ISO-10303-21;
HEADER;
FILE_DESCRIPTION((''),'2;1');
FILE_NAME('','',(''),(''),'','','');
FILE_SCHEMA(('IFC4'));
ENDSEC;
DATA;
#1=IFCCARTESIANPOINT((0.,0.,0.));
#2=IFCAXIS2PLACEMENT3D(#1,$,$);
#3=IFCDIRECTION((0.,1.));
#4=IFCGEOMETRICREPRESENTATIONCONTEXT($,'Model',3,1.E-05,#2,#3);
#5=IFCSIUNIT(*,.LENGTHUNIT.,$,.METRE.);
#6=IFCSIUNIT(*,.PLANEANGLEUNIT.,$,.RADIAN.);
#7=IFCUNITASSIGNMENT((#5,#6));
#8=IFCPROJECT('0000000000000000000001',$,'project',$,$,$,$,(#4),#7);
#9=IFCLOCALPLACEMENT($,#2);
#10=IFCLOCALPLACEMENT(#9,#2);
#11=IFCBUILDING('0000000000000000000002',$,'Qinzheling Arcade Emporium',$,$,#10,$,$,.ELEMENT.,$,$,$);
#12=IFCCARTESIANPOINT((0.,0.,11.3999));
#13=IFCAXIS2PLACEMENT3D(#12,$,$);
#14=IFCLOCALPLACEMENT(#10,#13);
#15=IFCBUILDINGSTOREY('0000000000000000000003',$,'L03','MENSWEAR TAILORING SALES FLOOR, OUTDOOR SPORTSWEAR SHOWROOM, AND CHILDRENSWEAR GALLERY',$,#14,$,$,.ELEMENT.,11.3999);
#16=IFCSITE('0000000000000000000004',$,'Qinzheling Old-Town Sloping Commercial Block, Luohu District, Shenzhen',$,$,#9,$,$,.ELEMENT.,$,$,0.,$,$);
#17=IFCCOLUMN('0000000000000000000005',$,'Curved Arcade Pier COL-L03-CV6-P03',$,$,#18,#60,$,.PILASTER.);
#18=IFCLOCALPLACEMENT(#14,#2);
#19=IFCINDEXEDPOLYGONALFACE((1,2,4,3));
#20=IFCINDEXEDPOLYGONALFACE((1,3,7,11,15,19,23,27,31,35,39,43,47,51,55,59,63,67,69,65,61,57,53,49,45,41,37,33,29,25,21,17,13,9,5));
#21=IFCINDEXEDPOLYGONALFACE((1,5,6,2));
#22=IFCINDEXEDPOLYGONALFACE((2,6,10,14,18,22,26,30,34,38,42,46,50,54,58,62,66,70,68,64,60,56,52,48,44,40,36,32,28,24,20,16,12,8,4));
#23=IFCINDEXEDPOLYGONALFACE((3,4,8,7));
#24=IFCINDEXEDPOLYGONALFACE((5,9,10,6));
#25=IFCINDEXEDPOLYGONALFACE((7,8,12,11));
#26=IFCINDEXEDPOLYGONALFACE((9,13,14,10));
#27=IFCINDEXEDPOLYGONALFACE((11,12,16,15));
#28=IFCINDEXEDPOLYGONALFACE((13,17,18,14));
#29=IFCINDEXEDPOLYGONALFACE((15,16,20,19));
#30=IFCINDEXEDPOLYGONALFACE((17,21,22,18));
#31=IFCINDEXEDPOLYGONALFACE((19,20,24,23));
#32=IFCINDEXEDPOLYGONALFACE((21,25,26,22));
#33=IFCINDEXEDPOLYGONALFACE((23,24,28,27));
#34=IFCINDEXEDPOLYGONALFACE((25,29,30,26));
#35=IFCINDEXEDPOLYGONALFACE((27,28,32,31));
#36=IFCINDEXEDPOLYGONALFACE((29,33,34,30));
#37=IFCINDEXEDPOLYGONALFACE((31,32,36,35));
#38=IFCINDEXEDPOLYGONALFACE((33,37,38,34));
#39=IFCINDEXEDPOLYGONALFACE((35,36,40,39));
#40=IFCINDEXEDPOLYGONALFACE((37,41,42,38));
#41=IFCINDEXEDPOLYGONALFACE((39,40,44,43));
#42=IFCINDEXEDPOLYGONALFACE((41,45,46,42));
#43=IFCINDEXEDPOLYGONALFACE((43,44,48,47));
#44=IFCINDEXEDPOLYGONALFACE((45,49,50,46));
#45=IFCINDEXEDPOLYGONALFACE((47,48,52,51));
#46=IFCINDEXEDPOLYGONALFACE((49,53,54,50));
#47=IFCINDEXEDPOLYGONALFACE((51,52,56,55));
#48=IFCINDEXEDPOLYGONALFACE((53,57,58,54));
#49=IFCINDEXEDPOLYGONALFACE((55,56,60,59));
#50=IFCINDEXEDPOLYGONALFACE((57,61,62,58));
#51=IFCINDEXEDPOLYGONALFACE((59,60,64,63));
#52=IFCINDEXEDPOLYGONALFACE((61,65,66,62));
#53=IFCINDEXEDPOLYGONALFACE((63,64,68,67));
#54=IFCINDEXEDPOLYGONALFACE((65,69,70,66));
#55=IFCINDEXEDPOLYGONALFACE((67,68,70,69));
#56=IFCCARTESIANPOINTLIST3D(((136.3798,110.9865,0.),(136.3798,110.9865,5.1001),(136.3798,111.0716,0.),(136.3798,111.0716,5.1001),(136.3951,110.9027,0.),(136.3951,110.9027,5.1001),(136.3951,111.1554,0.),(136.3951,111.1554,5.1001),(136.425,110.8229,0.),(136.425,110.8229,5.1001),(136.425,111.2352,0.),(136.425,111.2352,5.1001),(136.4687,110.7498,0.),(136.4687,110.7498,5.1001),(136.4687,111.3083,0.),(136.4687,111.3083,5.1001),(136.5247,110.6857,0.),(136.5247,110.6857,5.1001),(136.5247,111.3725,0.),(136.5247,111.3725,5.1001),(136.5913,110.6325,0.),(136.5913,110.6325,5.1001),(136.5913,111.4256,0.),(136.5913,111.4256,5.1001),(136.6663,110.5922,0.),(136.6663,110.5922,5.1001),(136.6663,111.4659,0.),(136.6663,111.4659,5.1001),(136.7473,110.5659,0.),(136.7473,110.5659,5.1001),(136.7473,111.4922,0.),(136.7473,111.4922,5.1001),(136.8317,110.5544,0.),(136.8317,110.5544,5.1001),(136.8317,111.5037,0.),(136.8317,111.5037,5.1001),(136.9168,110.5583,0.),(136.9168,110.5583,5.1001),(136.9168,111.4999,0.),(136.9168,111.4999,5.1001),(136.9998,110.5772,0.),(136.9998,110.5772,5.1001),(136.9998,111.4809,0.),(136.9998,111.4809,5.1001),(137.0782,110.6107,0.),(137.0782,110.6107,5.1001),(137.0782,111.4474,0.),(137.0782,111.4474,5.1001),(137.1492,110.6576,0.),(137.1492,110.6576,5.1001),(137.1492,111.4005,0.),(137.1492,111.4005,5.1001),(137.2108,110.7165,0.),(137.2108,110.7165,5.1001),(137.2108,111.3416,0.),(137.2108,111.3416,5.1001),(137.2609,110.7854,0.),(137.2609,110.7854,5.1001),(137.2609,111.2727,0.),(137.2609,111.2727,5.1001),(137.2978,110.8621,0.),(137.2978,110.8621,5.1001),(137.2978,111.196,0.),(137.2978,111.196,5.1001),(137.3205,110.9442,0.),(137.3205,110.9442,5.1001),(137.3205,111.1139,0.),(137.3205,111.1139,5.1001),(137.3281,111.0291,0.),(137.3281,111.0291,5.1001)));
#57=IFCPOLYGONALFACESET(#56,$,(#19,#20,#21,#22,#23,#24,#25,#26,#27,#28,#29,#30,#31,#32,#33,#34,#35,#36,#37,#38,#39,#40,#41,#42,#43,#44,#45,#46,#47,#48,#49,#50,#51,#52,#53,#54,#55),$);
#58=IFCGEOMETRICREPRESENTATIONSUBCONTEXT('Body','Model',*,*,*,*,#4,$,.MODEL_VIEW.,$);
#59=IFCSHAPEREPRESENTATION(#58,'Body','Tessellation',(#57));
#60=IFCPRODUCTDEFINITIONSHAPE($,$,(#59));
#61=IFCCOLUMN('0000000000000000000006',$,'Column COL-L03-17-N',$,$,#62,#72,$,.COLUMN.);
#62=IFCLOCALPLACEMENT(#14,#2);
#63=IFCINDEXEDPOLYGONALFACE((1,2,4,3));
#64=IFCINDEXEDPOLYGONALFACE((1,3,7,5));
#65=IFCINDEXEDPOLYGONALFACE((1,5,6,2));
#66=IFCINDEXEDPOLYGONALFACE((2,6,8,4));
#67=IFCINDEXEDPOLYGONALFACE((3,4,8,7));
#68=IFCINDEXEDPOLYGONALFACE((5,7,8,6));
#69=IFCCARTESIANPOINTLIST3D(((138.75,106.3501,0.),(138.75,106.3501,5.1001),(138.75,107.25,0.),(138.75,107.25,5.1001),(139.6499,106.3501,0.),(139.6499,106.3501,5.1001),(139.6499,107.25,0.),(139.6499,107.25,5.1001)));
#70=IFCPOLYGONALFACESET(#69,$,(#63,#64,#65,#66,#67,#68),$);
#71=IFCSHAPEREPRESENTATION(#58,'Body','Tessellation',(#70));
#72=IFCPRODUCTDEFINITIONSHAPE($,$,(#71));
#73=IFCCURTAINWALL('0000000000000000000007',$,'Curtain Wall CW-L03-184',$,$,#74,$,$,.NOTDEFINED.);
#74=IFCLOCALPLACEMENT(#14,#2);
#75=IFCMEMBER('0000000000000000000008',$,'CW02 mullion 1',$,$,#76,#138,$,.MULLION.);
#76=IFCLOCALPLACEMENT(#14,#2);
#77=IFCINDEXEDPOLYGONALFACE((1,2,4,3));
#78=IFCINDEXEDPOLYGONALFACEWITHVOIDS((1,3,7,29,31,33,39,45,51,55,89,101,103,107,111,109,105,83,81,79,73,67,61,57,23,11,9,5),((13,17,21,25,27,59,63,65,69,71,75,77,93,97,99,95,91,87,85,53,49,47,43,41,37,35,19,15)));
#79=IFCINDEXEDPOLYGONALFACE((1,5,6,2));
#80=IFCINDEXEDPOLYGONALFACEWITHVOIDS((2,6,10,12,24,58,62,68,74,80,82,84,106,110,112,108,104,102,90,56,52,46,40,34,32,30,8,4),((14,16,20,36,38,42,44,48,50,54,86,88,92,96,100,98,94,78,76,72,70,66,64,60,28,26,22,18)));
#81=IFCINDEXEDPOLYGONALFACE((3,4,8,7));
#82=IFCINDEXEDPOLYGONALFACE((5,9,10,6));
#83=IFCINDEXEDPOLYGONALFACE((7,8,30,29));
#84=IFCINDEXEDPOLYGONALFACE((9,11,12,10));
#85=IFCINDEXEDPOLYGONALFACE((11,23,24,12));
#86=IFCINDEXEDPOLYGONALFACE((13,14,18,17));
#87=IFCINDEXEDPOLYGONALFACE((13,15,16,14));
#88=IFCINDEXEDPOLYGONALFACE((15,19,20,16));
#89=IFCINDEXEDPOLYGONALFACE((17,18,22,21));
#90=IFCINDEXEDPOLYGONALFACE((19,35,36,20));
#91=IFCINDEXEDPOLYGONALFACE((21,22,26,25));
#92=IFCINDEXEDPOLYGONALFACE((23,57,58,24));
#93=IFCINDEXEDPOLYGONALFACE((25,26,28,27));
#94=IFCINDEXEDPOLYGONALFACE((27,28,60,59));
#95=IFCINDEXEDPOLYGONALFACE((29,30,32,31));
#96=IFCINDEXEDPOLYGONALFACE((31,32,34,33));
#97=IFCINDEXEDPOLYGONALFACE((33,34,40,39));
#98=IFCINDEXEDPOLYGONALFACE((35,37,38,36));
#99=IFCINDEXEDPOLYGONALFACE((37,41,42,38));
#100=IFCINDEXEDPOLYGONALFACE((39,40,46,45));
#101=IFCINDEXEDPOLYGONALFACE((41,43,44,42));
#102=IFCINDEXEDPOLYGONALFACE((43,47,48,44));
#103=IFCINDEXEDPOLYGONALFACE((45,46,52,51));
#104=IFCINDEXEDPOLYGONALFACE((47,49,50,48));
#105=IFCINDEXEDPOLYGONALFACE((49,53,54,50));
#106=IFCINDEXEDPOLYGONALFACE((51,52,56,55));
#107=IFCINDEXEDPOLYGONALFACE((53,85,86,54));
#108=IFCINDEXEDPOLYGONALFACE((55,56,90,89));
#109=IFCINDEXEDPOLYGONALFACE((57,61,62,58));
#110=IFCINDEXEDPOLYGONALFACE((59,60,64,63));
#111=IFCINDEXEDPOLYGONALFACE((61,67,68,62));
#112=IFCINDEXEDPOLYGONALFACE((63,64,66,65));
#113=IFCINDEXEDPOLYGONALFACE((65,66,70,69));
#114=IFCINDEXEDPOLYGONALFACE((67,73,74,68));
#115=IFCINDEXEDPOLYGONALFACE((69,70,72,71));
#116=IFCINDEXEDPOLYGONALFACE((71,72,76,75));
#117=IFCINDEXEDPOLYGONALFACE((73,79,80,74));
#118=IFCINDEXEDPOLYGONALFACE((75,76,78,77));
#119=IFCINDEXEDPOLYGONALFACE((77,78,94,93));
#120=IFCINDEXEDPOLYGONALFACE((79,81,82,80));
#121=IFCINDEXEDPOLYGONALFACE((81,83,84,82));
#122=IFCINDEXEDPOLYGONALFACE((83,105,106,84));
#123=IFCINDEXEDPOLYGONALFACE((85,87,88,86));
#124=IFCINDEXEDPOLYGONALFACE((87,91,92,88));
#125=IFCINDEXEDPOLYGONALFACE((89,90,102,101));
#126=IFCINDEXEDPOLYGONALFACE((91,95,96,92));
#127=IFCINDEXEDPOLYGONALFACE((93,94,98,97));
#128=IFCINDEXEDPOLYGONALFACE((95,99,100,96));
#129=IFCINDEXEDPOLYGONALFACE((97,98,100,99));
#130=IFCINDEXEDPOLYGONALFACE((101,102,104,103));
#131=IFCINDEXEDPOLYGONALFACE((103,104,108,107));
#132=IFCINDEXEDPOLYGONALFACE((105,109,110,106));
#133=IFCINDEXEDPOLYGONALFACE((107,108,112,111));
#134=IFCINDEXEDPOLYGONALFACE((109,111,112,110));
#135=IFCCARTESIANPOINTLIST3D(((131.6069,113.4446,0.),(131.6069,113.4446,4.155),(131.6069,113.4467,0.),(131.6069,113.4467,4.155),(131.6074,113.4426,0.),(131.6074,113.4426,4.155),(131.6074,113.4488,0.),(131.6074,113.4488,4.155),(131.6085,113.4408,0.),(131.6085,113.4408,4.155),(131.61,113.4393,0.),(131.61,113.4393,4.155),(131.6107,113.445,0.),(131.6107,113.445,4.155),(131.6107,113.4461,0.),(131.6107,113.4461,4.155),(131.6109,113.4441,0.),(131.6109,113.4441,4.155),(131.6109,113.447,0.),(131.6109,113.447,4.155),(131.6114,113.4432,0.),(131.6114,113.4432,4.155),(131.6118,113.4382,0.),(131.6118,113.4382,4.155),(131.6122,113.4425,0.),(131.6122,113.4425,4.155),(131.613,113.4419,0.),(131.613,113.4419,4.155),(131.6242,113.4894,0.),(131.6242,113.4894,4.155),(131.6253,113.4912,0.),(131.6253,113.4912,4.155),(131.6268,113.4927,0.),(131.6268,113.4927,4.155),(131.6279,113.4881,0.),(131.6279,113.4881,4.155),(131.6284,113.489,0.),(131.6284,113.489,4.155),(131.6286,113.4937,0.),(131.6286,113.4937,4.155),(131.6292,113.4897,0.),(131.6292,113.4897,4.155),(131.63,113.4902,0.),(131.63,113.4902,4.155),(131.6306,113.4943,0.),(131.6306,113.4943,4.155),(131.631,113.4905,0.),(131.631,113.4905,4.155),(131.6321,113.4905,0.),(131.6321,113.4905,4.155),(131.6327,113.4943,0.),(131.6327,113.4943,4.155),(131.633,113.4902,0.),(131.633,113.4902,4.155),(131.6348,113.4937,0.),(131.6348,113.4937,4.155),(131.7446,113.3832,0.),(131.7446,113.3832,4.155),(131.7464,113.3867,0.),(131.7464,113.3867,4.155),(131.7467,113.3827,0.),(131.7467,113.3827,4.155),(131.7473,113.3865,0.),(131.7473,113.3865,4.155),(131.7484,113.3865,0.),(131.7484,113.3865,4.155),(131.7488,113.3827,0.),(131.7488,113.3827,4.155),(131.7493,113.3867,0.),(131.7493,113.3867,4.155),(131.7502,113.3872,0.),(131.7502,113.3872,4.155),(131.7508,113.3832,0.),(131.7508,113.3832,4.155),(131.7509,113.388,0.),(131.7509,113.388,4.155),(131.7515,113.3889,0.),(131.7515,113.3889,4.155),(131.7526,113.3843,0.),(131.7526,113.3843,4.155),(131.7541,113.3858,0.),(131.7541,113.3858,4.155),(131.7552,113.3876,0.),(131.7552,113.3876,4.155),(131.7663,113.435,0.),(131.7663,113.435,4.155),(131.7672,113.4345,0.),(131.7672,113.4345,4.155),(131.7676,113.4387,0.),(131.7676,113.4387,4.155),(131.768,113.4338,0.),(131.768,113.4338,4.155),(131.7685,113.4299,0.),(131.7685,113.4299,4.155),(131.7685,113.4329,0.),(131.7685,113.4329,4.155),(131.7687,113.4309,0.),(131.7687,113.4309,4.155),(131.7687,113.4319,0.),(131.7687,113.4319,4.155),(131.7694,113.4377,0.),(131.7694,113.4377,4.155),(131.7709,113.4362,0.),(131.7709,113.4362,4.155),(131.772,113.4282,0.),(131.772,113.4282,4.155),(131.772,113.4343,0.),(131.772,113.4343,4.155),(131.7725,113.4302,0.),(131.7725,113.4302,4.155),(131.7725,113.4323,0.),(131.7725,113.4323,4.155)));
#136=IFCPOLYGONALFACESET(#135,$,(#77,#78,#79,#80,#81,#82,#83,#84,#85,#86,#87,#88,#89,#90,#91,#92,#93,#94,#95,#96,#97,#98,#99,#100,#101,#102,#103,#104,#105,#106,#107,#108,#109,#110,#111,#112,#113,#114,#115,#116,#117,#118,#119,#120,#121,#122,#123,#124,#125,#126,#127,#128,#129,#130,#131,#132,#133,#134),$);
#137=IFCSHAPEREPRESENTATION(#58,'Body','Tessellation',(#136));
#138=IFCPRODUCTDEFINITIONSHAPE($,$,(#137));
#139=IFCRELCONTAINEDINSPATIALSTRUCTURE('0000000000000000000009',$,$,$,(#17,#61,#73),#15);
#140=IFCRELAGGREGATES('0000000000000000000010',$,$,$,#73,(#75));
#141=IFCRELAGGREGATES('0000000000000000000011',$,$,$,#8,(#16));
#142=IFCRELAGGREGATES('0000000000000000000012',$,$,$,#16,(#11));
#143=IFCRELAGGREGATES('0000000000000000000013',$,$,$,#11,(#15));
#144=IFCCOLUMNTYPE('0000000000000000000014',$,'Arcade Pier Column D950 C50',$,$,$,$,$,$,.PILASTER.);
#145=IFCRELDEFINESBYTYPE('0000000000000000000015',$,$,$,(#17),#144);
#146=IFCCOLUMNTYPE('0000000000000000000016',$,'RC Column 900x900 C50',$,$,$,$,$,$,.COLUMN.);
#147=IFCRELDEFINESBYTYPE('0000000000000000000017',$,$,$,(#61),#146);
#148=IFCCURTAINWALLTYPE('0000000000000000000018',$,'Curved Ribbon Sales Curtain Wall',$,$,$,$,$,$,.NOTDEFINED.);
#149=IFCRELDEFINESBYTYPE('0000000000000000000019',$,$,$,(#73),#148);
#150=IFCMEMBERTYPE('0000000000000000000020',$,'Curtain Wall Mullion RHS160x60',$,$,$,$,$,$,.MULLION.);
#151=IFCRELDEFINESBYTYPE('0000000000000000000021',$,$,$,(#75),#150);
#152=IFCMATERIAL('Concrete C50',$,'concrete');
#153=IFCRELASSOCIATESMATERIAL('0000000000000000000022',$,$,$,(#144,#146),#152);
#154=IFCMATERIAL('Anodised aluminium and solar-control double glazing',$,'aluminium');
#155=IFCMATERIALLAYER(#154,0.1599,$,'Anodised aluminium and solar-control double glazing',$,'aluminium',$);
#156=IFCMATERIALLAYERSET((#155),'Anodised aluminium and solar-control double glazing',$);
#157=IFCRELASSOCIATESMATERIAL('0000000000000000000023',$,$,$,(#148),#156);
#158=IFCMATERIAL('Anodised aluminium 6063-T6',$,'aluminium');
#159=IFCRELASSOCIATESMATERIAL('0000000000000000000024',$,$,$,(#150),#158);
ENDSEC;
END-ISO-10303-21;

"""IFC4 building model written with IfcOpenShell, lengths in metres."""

from ifc_helpers import new_model, si_unit, direction, frame, origin, origin_2d, place, context, subcontext, project, spatial, rectangle, hollow_rectangle, circle, extrude, material, layer, layer_set, material_profile, profile_set, type_object, element, aggregate, save


model = new_model("IFC4")

# Units and contexts
model_context = context("Model", 3, precision=1e-05, world=origin(), true_north=direction((0.0, 1.0)))
body_context = subcontext(model_context, "Body", "Model", "MODEL_VIEW")
ifc_project = project(units=[si_unit("LENGTHUNIT", "METRE"), si_unit("PLANEANGLEUNIT", "RADIAN")], contexts=[model_context])

# Site, building, storey
site_placement = place(None, origin())
site = spatial("IfcSite", under=ifc_project, at=site_placement, Name="Qinzheling Old-Town Sloping Commercial Block, Luohu District, Shenzhen", CompositionType="ELEMENT", RefElevation=0.0)
building_placement = place(site_placement, origin())
building = spatial("IfcBuilding", under=site, at=building_placement, Name="Qinzheling Arcade Emporium", CompositionType="ELEMENT")
storey_placement = place(building_placement, frame((0.0, 0.0, 11.3999)))
storey = spatial("IfcBuildingStorey", under=building, at=storey_placement, Name="L03", Description="MENSWEAR TAILORING SALES FLOOR, OUTDOOR SPORTSWEAR SHOWROOM, AND CHILDRENSWEAR GALLERY", CompositionType="ELEMENT", Elevation=11.3999)

# Columns
ifc_material_1 = material(Name="Concrete C50", Category="concrete")
ifc_material_profile_1 = material_profile(ifc_material_1, circle(Radius=0.4751, at=origin_2d()), Name="RC D950", Category="concrete")
ifc_profile_set_1 = profile_set([ifc_material_profile_1], Name="Concrete C50")
column_type_1 = type_object("IfcColumnType", Name="Arcade Pier Column D950 C50", PredefinedType="PILASTER", material=ifc_profile_set_1)
column_1_placement = place(storey_placement, frame((136.853, 111.0291, 0.0), z_axis=(0.0, 0.0, 1.0), x_axis=(1.0, 0.0, 0.0)))
element("IfcColumn", 1, at=column_1_placement, inside=storey, type_object=column_type_1, Name="Curved Arcade Pier COL-L03-CV6-P03", PredefinedType="PILASTER", context=body_context, shape_type="SweptSolid", body=[
    extrude(circle(Radius=0.4751, at=origin_2d()), origin(), (0.0, 0.0, 1.0), 5.1001),
])
ifc_material_profile_2 = material_profile(ifc_material_1, rectangle(XDim=0.8999, YDim=0.8999, at=origin_2d()), Name="RC 900x900", Category="concrete")
ifc_profile_set_2 = profile_set([ifc_material_profile_2], Name="Concrete C50")
column_type_2 = type_object("IfcColumnType", Name="RC Column 900x900 C50", PredefinedType="COLUMN", material=ifc_profile_set_2)
column_2_placement = place(storey_placement, frame((139.2, 106.8, 0.0), z_axis=(0.0, 0.0, 1.0), x_axis=(1.0, 0.0, 0.0)))
element("IfcColumn", 2, at=column_2_placement, inside=storey, type_object=column_type_2, Name="Column COL-L03-17-N", PredefinedType="COLUMN", context=body_context, shape_type="SweptSolid", body=[
    extrude(rectangle(XDim=0.8999, YDim=0.8999, at=origin_2d()), origin(), (0.0, 0.0, 1.0), 5.1001),
])

# Curtain wall, member
ifc_material_2 = material(Name="Anodised aluminium and solar-control double glazing", Category="aluminium")
ifc_layer_1 = layer(ifc_material_2, 0.1599, Name="Anodised aluminium and solar-control double glazing", Category="aluminium")
ifc_layer_set_1 = layer_set([ifc_layer_1], Name="Anodised aluminium and solar-control double glazing")
curtain_wall_type = type_object("IfcCurtainWallType", Name="Curved Ribbon Sales Curtain Wall", PredefinedType="NOTDEFINED", material=ifc_layer_set_1)
curtain_wall_1_placement = place(storey_placement, origin())
curtain_wall_1 = element("IfcCurtainWall", 3, at=curtain_wall_1_placement, inside=storey, type_object=curtain_wall_type, Name="Curtain Wall CW-L03-184", PredefinedType="NOTDEFINED")
ifc_material_3 = material(Name="Anodised aluminium 6063-T6", Category="aluminium")
ifc_material_profile_3 = material_profile(ifc_material_3, hollow_rectangle(XDim=0.0601, YDim=0.1599, WallThickness=0.0039, InnerFilletRadius=0.0039, OuterFilletRadius=0.0081, at=origin_2d()), Name="RHS 160x60x4", Category="aluminium")
ifc_profile_set_3 = profile_set([ifc_material_profile_3], Name="Anodised aluminium 6063-T6")
member_type_1 = type_object("IfcMemberType", Name="Curtain Wall Mullion RHS160x60", PredefinedType="MULLION", material=ifc_profile_set_3)
member_1_placement = place(storey_placement, frame((131.6897, 113.4385, 0.0), z_axis=(0.0, 0.0, 1.0), x_axis=(0.382631, 0.923901, 0.0)))
member_1 = element("IfcMember", 4, at=member_1_placement, type_object=member_type_1, Name="CW02 mullion 1", PredefinedType="MULLION", context=body_context, shape_type="SweptSolid", body=[
    extrude(hollow_rectangle(XDim=0.0601, YDim=0.1599, WallThickness=0.0039, InnerFilletRadius=0.0039, OuterFilletRadius=0.0081, at=origin_2d()), origin(), (0.0, 0.0, 1.0), 4.155),
])

aggregate(curtain_wall_1, [member_1])

save(model, "model.ifc")
